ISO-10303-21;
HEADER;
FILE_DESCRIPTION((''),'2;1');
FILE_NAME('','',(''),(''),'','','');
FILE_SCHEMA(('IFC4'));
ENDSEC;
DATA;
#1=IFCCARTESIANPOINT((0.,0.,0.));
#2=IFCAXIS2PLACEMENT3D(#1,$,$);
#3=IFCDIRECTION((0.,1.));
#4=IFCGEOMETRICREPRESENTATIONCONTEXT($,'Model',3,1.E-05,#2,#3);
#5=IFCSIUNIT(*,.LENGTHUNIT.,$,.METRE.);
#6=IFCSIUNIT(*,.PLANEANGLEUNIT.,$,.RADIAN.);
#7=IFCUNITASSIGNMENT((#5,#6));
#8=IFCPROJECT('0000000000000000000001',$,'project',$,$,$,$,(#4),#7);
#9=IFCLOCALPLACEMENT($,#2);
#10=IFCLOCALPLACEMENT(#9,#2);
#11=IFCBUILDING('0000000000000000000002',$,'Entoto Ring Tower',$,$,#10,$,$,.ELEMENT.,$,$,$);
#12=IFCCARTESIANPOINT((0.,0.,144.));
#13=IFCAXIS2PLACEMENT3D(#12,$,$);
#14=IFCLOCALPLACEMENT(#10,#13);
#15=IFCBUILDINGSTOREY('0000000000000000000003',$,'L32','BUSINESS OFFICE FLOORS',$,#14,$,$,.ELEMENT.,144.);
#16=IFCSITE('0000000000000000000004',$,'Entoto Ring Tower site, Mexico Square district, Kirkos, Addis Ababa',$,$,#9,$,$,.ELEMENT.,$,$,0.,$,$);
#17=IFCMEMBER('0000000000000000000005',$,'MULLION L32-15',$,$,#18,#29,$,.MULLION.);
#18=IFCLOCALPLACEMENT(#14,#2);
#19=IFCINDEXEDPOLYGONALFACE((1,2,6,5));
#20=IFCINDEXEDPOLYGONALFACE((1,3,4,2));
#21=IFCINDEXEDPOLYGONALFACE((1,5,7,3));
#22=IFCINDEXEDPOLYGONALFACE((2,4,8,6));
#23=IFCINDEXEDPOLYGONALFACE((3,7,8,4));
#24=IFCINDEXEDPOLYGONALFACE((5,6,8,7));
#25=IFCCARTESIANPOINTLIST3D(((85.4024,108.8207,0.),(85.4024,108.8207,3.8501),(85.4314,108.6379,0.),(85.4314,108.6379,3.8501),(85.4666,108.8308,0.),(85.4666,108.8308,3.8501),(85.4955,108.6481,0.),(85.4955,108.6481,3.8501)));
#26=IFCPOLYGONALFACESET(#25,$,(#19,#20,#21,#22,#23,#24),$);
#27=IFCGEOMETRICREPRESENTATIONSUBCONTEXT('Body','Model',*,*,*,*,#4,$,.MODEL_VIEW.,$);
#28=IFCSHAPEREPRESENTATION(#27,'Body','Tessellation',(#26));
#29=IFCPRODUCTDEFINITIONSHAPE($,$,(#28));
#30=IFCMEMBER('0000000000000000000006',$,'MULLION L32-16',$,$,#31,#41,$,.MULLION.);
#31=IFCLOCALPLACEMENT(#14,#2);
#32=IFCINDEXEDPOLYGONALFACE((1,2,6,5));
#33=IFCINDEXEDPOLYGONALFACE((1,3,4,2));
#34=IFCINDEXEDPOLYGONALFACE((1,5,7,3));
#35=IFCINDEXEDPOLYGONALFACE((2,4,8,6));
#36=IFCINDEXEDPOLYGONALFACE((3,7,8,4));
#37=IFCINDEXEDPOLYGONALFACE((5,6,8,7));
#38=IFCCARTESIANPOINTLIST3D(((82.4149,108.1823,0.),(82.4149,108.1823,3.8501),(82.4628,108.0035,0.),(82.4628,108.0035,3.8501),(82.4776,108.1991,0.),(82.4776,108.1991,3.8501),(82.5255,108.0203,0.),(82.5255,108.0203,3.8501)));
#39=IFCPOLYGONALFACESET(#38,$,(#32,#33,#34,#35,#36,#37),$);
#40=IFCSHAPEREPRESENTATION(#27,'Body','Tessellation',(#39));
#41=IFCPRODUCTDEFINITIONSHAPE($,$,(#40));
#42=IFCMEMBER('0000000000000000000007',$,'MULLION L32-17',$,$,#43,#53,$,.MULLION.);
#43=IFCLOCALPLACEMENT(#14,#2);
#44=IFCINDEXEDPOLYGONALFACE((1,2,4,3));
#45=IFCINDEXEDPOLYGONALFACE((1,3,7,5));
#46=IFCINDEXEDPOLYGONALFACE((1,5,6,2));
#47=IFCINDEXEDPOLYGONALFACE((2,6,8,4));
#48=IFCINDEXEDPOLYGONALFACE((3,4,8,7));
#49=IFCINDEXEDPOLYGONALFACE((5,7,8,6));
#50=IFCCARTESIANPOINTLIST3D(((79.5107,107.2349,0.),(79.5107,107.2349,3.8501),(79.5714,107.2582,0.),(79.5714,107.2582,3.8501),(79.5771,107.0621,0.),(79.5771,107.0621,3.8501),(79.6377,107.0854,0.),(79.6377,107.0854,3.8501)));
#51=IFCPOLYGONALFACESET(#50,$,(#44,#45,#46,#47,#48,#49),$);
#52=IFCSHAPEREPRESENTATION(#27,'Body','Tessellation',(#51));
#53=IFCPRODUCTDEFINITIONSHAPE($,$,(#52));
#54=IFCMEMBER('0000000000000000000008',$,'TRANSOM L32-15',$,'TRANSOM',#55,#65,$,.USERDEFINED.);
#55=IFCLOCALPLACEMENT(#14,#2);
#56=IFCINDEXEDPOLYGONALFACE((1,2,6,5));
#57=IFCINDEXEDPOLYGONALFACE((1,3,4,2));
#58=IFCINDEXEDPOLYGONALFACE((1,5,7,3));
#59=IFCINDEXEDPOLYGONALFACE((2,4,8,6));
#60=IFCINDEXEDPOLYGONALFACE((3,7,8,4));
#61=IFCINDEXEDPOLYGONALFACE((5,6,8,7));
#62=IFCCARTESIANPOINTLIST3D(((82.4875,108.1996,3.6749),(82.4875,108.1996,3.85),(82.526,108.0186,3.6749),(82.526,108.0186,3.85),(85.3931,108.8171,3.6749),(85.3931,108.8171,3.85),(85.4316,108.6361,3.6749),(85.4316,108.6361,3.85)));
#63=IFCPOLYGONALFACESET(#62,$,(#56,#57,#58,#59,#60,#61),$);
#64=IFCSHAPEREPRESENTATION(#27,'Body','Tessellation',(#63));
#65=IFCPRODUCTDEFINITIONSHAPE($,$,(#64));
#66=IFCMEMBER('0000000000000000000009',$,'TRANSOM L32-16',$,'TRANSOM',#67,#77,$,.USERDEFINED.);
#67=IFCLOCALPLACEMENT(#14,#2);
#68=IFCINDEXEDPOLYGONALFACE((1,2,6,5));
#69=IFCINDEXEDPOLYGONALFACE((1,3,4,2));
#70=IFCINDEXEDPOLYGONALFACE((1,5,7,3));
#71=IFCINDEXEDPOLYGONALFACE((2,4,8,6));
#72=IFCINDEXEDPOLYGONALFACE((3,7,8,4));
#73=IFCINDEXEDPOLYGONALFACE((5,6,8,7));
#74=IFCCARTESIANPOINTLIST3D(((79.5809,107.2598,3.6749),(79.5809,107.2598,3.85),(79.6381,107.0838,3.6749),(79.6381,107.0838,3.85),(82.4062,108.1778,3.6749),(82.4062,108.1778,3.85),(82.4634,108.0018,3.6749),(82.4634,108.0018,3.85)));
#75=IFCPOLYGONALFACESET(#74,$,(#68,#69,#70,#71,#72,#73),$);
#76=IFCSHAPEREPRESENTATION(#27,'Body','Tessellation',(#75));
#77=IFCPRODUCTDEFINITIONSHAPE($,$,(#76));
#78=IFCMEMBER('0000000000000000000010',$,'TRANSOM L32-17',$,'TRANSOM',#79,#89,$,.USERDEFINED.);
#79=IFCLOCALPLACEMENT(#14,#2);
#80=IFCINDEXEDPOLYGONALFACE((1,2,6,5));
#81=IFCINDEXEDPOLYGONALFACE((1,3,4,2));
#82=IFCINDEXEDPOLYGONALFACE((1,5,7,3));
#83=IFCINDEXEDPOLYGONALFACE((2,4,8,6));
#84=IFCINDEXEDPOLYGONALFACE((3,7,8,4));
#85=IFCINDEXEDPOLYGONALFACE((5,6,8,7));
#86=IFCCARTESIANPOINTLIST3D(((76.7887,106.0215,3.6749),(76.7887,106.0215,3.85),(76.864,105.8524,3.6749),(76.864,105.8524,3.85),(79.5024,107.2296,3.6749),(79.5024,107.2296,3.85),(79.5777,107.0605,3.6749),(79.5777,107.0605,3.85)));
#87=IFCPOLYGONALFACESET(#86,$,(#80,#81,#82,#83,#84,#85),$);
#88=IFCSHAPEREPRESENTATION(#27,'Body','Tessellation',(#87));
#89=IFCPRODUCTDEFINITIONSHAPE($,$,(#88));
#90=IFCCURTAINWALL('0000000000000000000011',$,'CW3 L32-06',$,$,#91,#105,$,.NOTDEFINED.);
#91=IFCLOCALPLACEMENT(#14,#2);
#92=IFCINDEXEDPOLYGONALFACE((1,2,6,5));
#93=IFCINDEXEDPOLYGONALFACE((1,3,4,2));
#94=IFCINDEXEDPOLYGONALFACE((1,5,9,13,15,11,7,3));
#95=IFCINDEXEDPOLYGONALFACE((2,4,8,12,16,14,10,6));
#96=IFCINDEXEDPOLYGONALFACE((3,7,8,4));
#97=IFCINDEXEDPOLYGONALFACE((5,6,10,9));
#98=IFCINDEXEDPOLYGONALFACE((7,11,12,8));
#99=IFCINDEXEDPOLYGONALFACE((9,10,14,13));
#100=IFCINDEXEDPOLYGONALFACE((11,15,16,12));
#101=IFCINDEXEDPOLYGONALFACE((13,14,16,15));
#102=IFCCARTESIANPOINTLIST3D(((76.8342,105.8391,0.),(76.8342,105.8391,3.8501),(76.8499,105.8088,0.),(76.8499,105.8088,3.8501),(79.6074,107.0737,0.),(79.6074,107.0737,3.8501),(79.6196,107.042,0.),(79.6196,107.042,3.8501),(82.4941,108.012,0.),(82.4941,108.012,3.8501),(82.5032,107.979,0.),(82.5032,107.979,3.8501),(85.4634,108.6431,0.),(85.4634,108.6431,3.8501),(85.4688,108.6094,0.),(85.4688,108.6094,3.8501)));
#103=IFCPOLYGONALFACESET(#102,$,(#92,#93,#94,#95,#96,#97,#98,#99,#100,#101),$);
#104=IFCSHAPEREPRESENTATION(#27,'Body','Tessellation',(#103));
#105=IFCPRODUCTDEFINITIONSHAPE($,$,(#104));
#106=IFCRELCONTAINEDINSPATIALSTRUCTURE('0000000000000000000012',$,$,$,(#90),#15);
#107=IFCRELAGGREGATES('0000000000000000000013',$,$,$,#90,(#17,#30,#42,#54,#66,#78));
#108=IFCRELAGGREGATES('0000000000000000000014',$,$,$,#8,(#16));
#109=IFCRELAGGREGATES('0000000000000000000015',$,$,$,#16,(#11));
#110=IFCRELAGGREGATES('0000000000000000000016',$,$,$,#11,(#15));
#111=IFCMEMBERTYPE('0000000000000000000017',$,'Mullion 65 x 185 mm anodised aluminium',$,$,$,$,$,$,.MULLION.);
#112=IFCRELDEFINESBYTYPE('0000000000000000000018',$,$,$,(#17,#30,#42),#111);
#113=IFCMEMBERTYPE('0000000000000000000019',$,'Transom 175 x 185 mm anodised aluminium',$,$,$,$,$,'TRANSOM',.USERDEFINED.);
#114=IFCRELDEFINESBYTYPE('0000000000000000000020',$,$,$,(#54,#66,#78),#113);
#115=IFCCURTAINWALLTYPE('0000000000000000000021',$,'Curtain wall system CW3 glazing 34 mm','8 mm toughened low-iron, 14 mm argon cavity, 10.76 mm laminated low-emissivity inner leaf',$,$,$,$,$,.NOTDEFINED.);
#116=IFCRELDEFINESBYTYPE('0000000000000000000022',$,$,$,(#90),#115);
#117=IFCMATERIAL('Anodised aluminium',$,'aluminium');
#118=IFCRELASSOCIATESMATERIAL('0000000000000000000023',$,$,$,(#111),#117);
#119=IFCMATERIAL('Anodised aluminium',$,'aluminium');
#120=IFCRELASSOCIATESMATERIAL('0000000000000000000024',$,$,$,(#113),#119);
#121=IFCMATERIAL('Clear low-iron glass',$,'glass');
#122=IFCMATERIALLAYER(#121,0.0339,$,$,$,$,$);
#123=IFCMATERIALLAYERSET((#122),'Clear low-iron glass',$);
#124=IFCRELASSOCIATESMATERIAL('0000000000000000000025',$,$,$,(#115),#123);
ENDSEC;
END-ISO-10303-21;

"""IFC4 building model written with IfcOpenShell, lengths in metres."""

from ifc_helpers import new_model, si_unit, direction, frame, origin, origin_2d, place, context, subcontext, project, spatial, polyline, rectangle, outline, extrude, material, layer, layer_set, material_profile, profile_set, type_object, element, aggregate, save


model = new_model("IFC4")

# Units and contexts
model_context = context("Model", 3, precision=1e-05, world=origin(), true_north=direction((0.0, 1.0)))
body_context = subcontext(model_context, "Body", "Model", "MODEL_VIEW")
ifc_project = project(units=[si_unit("LENGTHUNIT", "METRE"), si_unit("PLANEANGLEUNIT", "RADIAN")], contexts=[model_context])

# Members
ifc_material_1 = material(Name="Anodised aluminium", Category="aluminium")
ifc_material_profile_1 = material_profile(ifc_material_1, rectangle(XDim=0.0649, YDim=0.1851, at=origin_2d()), Name="Mullion 65 x 185 mm anodised aluminium")
ifc_profile_set_1 = profile_set([ifc_material_profile_1], Name="Anodised aluminium")
member_type_1 = type_object("IfcMemberType", Name="Mullion 65 x 185 mm anodised aluminium", PredefinedType="MULLION", material=ifc_profile_set_1)
site_placement = place(None, origin())
building_placement = place(site_placement, origin())
storey_placement = place(building_placement, frame((0.0, 0.0, 144.0)))
member_1_placement = place(storey_placement, frame((85.449, 108.7344, 0.0), z_axis=(0.0, 0.0, 1.0), x_axis=(-0.987688, -0.156434, 0.0)))
member_1 = element("IfcMember", 1, at=member_1_placement, type_object=member_type_1, Name="MULLION L32-15", PredefinedType="MULLION", context=body_context, shape_type="SweptSolid", body=[
    extrude(rectangle(XDim=0.0649, YDim=0.1851, at=origin_2d()), origin(), (0.0, 0.0, 1.0), 3.8501),
])
member_2_placement = place(storey_placement, frame((82.4702, 108.1013, 0.0), z_axis=(0.0, 0.0, 1.0), x_axis=(-0.965926, -0.258819, 0.0)))
member_2 = element("IfcMember", 2, at=member_2_placement, type_object=member_type_1, Name="MULLION L32-16", PredefinedType="MULLION", context=body_context, shape_type="SweptSolid", body=[
    extrude(rectangle(XDim=0.0649, YDim=0.1851, at=origin_2d()), origin(), (0.0, 0.0, 1.0), 3.8501),
])
member_3_placement = place(storey_placement, frame((79.5742, 107.1602, 0.0), z_axis=(0.0, 0.0, 1.0), x_axis=(-0.93358, -0.358368, 0.0)))
member_3 = element("IfcMember", 3, at=member_3_placement, type_object=member_type_1, Name="MULLION L32-17", PredefinedType="MULLION", context=body_context, shape_type="SweptSolid", body=[
    extrude(rectangle(XDim=0.0649, YDim=0.1851, at=origin_2d()), origin(), (0.0, 0.0, 1.0), 3.8501),
])
ifc_material_2 = material(Name="Anodised aluminium", Category="aluminium")
ifc_material_profile_2 = material_profile(ifc_material_2, rectangle(XDim=0.1851, YDim=0.175, at=origin_2d()), Name="Transom 175 x 185 mm anodised aluminium")
ifc_profile_set_2 = profile_set([ifc_material_profile_2], Name="Anodised aluminium")
member_type_2 = type_object("IfcMemberType", Name="Transom 175 x 185 mm anodised aluminium", ElementType="TRANSOM", PredefinedType="USERDEFINED", material=ifc_profile_set_2)
member_4_placement = place(storey_placement, frame((85.4124, 108.7266, 3.7625), z_axis=(-0.978158, -0.207862, 0.0), x_axis=(0.207862, -0.978158, 0.0)))
member_4 = element("IfcMember", 4, at=member_4_placement, type_object=member_type_2, Name="TRANSOM L32-15", ObjectType="TRANSOM", PredefinedType="USERDEFINED", context=body_context, shape_type="SweptSolid", body=[
    extrude(rectangle(XDim=0.1851, YDim=0.175, at=origin_2d()), origin(), (0.0, 0.0, 1.0), 2.9705),
])
member_5_placement = place(storey_placement, frame((82.4348, 108.0898, 3.7625), z_axis=(-0.951056, -0.309019, 0.0), x_axis=(0.309019, -0.951056, 0.0)))
member_5 = element("IfcMember", 5, at=member_5_placement, type_object=member_type_2, Name="TRANSOM L32-16", ObjectType="TRANSOM", PredefinedType="USERDEFINED", context=body_context, shape_type="SweptSolid", body=[
    extrude(rectangle(XDim=0.1851, YDim=0.175, at=origin_2d()), origin(), (0.0, 0.0, 1.0), 2.9707),
])
member_6_placement = place(storey_placement, frame((79.54, 107.145, 3.7625), z_axis=(-0.913567, -0.406687, 0.0), x_axis=(0.406687, -0.913567, 0.0)))
member_6 = element("IfcMember", 6, at=member_6_placement, type_object=member_type_2, Name="TRANSOM L32-17", ObjectType="TRANSOM", PredefinedType="USERDEFINED", context=body_context, shape_type="SweptSolid", body=[
    extrude(rectangle(XDim=0.1851, YDim=0.175, at=origin_2d()), origin(), (0.0, 0.0, 1.0), 2.9705),
])

# Site, building, storey
site = spatial("IfcSite", under=ifc_project, at=site_placement, Name="Entoto Ring Tower site, Mexico Square district, Kirkos, Addis Ababa", CompositionType="ELEMENT", RefElevation=0.0)
building = spatial("IfcBuilding", under=site, at=building_placement, Name="Entoto Ring Tower", CompositionType="ELEMENT")
storey = spatial("IfcBuildingStorey", under=building, at=storey_placement, Name="L32", Description="BUSINESS OFFICE FLOORS", CompositionType="ELEMENT", Elevation=144.0)

# Curtain wall
ifc_material_3 = material(Name="Clear low-iron glass", Category="glass")
ifc_layer = layer(ifc_material_3, 0.0339)
ifc_layer_set = layer_set([ifc_layer], Name="Clear low-iron glass")
curtain_wall_type = type_object("IfcCurtainWallType", Name="Curtain wall system CW3 glazing 34 mm", Description="8 mm toughened low-iron, 14 mm argon cavity, 10.76 mm laminated low-emissivity inner leaf", PredefinedType="NOTDEFINED", material=ifc_layer_set)
curtain_wall_1_placement = place(storey_placement, origin())
curtain_wall_1 = element("IfcCurtainWall", 7, at=curtain_wall_1_placement, inside=storey, type_object=curtain_wall_type, Name="CW3 L32-06", PredefinedType="NOTDEFINED", context=body_context, shape_type="SweptSolid", body=[
    extrude(outline(polyline([(85.4634, 108.6431), (82.4941, 108.012), (79.6074, 107.0737), (76.8342, 105.8391), (76.8499, 105.8088), (79.6196, 107.042), (82.5032, 107.979), (85.4688, 108.6094), (85.4634, 108.6431)])), origin(), (0.0, 0.0, 1.0), 3.8501),
])
aggregate(curtain_wall_1, [member_1, member_2, member_3, member_4, member_5, member_6])

save(model, "model.ifc")
